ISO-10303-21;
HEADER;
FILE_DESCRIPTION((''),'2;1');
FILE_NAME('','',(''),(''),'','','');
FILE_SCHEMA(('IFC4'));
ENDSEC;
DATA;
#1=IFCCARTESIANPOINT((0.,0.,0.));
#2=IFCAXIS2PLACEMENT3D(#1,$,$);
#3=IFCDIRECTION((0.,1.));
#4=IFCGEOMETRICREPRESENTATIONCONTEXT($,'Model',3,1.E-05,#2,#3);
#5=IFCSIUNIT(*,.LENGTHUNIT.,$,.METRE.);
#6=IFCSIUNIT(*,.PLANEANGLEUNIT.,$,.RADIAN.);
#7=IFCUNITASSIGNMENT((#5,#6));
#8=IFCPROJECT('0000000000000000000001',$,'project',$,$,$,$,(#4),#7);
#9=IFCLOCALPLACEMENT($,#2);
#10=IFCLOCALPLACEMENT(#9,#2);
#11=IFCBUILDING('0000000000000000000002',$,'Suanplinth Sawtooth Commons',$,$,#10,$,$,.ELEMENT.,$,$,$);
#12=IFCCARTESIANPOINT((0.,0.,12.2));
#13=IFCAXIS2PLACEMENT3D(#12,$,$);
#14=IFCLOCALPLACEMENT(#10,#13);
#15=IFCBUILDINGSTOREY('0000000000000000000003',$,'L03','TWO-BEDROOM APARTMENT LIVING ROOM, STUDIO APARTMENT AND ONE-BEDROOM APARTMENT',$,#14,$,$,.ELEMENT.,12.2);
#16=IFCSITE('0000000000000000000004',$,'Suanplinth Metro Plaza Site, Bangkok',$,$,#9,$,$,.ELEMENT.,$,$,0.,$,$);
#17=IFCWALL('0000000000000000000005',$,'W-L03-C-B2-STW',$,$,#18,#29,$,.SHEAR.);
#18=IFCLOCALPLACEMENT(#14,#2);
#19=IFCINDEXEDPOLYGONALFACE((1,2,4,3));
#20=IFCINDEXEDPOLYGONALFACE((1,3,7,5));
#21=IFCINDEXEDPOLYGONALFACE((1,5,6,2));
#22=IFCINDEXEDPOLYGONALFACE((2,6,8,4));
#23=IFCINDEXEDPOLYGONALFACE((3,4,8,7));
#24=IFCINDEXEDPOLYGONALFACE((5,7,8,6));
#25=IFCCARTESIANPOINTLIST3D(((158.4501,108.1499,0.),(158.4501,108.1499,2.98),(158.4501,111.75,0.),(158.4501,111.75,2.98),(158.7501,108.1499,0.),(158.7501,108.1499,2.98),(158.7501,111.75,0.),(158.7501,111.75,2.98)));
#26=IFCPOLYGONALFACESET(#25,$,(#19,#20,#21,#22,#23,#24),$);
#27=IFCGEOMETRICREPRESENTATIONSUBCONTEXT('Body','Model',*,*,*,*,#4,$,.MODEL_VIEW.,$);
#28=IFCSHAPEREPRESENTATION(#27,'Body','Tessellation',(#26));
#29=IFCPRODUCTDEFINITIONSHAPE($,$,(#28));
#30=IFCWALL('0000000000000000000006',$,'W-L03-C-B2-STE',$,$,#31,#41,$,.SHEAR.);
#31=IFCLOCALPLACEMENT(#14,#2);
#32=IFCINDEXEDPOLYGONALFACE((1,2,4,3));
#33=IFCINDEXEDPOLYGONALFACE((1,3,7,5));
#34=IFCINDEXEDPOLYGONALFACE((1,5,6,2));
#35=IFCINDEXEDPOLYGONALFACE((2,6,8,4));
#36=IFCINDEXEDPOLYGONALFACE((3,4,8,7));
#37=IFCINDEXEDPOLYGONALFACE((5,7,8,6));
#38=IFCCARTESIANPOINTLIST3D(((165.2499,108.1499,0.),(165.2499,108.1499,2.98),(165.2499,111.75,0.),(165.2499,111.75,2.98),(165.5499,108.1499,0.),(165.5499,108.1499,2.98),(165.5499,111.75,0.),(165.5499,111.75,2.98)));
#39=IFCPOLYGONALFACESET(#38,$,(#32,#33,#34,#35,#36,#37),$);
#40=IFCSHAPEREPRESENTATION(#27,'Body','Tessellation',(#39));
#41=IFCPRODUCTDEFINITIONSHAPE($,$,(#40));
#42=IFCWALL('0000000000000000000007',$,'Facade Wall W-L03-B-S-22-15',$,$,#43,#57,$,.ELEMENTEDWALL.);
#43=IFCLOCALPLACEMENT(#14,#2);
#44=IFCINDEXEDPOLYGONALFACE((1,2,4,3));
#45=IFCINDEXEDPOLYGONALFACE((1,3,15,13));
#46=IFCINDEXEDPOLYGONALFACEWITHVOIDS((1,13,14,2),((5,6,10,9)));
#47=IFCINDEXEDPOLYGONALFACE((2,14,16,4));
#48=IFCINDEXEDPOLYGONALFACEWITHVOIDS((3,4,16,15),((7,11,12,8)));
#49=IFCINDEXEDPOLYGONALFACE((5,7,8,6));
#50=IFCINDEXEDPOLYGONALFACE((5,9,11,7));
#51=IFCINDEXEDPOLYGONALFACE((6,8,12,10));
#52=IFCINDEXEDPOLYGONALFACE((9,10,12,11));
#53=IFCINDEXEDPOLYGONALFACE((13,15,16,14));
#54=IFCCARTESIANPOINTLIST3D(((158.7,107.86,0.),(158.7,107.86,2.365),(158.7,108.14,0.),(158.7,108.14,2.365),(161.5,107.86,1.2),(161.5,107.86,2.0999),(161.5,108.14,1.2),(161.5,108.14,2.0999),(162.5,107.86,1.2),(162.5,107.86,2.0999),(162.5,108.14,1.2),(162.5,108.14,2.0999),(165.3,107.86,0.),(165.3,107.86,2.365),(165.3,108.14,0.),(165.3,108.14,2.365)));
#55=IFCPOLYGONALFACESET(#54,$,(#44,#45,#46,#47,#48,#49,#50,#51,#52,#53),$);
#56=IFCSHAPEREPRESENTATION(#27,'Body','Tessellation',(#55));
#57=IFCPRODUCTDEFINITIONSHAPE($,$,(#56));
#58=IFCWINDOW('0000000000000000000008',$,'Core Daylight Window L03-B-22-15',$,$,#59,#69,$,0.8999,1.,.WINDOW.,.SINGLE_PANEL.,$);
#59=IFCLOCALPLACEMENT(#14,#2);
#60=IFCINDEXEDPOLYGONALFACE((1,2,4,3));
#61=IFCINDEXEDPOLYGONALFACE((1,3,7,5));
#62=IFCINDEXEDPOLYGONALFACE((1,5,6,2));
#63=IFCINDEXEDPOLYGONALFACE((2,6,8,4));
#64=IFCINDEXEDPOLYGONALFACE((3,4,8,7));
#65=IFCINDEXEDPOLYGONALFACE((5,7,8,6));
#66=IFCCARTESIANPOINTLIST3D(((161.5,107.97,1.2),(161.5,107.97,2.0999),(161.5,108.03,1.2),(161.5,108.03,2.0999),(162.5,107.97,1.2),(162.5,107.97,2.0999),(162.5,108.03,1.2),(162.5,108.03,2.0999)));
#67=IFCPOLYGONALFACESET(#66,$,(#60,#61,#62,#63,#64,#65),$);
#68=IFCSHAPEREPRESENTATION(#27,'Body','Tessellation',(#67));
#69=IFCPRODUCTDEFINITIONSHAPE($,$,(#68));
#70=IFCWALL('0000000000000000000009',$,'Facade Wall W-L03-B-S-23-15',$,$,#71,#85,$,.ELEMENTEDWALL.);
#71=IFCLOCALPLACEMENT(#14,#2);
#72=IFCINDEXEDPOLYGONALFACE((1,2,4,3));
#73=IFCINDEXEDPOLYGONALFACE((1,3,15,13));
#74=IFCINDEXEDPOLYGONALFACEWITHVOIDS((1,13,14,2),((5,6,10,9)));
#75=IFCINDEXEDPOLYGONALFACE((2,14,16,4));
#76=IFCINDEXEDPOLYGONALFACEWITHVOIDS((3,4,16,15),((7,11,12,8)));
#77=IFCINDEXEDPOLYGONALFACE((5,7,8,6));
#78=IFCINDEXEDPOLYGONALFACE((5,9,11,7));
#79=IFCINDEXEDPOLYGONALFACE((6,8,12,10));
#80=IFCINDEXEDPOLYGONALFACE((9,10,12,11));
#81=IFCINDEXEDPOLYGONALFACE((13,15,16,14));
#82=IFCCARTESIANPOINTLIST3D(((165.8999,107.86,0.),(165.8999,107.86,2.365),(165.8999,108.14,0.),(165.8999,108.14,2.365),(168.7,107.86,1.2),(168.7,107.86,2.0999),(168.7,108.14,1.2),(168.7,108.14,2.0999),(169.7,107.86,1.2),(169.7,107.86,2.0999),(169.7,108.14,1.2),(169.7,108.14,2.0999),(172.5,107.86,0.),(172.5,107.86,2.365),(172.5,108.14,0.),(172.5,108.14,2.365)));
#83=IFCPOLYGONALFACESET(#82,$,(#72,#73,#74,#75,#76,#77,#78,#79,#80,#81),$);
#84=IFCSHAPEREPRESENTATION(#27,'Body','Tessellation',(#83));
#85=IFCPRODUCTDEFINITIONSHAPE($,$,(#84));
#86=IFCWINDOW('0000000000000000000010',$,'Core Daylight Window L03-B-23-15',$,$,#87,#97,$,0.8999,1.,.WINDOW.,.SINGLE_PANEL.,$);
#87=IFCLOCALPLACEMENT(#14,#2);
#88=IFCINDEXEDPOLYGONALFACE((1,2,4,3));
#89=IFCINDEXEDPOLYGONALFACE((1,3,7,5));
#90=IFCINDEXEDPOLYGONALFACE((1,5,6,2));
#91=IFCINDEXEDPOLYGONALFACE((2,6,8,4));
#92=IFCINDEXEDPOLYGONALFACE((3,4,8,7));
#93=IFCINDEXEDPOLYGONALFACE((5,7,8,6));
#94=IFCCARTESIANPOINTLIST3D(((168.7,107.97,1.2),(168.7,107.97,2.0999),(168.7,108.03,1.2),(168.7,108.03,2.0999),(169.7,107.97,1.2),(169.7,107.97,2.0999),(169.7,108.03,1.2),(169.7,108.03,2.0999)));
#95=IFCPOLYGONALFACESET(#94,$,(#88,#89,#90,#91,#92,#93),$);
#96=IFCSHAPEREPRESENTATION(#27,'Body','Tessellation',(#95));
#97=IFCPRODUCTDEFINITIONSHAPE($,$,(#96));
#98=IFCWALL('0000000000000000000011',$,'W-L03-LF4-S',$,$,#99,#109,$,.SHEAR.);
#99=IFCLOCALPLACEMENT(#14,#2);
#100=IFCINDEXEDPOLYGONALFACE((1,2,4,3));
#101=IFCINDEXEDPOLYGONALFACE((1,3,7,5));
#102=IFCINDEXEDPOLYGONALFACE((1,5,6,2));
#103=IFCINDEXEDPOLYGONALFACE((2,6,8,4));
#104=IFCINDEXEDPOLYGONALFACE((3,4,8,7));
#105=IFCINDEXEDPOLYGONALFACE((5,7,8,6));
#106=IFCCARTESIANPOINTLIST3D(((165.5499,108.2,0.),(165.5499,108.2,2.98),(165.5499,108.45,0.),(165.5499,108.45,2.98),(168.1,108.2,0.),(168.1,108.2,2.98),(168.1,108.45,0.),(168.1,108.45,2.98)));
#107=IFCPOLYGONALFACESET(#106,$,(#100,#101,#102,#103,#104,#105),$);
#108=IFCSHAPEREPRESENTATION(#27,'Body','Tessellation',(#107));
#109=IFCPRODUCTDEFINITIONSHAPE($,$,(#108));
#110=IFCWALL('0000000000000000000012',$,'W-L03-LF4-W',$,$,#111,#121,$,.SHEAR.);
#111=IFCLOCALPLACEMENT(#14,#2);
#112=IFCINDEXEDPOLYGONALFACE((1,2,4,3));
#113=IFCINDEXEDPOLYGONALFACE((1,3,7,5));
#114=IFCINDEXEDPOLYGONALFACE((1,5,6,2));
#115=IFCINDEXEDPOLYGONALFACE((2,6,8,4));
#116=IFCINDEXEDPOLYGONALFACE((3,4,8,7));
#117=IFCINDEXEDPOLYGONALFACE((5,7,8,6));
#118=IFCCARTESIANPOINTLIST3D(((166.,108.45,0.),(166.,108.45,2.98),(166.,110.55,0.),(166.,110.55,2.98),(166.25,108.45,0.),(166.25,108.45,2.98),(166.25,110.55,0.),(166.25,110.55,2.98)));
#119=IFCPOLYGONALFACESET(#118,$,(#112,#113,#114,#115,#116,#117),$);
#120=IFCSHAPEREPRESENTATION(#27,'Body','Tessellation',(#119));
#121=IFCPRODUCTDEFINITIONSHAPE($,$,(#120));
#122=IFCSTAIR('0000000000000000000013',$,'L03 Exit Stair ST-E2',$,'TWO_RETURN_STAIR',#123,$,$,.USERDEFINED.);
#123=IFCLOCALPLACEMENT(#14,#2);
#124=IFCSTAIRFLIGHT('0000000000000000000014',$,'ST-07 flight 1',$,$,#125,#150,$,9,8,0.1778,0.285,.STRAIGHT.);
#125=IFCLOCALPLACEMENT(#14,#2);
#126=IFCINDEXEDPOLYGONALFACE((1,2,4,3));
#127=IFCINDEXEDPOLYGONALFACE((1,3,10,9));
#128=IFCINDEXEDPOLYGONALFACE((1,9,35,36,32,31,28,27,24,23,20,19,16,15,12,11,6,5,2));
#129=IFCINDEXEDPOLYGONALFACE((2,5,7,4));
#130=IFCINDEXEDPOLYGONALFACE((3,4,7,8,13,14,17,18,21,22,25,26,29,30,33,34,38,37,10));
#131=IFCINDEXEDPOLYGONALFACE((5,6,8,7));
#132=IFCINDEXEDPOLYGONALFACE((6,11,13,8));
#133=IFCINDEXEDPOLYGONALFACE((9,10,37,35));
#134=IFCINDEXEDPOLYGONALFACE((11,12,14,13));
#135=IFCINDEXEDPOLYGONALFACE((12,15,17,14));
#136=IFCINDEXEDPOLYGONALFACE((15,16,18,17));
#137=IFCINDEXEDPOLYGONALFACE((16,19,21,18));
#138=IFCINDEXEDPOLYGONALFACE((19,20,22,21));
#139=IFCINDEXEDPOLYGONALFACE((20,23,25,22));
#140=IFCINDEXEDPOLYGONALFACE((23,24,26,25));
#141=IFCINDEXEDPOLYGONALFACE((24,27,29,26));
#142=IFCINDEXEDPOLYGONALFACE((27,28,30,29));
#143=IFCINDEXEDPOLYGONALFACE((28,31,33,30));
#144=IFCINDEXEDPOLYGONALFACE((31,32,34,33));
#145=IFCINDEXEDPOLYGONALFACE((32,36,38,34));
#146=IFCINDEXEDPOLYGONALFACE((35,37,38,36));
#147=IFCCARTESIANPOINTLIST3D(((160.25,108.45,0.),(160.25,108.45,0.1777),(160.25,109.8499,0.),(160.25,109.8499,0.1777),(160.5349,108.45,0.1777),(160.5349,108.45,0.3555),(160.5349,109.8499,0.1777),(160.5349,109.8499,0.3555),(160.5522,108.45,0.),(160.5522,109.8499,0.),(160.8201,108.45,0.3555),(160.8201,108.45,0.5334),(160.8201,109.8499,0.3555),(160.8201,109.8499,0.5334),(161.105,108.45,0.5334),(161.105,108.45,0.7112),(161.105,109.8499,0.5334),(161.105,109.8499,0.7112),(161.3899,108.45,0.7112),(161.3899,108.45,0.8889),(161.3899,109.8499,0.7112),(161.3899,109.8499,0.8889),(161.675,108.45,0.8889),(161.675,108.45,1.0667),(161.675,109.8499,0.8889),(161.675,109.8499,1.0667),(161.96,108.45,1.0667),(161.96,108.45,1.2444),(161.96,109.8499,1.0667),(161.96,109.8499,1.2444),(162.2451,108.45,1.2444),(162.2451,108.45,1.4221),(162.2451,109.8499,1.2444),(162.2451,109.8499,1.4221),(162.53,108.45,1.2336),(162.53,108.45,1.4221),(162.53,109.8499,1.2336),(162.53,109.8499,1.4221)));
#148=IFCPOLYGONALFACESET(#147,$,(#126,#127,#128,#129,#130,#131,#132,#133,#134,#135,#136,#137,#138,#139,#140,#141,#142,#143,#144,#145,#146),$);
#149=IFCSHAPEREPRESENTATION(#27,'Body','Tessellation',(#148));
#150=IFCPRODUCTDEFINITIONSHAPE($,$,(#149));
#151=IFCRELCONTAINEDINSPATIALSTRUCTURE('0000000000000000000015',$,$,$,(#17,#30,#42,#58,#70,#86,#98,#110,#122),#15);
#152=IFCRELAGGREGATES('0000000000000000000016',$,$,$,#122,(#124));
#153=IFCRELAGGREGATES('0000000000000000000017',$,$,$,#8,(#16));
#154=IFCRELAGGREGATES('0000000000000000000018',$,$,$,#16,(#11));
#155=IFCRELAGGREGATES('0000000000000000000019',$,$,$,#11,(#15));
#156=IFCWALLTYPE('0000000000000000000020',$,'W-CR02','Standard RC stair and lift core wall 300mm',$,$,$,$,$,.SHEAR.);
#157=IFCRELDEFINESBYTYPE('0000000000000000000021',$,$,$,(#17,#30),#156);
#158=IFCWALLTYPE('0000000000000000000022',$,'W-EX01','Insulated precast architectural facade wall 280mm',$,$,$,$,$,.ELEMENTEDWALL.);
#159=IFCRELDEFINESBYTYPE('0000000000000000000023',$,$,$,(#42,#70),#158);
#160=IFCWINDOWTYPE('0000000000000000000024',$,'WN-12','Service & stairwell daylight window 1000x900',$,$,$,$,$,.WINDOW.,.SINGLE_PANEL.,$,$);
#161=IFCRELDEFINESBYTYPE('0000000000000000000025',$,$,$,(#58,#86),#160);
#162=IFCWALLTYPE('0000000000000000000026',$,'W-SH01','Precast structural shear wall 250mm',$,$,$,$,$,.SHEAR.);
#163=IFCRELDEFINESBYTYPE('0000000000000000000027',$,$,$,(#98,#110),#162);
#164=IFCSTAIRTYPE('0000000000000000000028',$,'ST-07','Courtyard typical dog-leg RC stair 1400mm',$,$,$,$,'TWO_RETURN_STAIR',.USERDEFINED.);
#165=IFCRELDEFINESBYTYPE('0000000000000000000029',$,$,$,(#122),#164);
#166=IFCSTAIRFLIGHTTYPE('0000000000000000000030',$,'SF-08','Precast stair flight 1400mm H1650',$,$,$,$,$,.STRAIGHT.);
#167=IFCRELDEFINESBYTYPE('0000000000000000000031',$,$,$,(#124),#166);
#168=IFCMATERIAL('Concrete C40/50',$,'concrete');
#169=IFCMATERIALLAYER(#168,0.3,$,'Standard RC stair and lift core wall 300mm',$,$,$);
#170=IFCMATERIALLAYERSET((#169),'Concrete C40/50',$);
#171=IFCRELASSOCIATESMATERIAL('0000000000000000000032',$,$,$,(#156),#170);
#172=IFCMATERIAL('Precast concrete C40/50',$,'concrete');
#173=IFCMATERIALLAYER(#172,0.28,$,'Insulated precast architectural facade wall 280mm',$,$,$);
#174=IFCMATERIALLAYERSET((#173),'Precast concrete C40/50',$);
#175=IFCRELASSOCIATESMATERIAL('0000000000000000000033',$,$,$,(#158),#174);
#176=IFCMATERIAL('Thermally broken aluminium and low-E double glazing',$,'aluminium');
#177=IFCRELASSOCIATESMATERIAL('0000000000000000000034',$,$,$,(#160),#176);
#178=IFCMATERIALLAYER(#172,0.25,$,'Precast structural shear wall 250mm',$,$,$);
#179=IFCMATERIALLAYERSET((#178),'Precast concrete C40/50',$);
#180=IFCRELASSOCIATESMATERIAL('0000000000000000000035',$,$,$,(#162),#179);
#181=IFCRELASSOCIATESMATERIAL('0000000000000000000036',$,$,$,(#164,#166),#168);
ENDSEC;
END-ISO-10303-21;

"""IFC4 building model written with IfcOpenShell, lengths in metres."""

from ifc_helpers import new_model, si_unit, direction, frame, frame_2d, origin, place, context, subcontext, project, spatial, polyline, rectangle, outline, extrude, material, layer, layer_set, type_object, element, fill, aggregate, save


model = new_model("IFC4")

# Units and contexts
model_context = context("Model", 3, precision=1e-05, world=origin(), true_north=direction((0.0, 1.0)))
body_context = subcontext(model_context, "Body", "Model", "MODEL_VIEW")
ifc_project = project(units=[si_unit("LENGTHUNIT", "METRE"), si_unit("PLANEANGLEUNIT", "RADIAN")], contexts=[model_context])

# Site, building, storey
site_placement = place(None, origin())
site = spatial("IfcSite", under=ifc_project, at=site_placement, Name="Suanplinth Metro Plaza Site, Bangkok", CompositionType="ELEMENT", RefElevation=0.0)
building_placement = place(site_placement, origin())
building = spatial("IfcBuilding", under=site, at=building_placement, Name="Suanplinth Sawtooth Commons", CompositionType="ELEMENT")
storey_placement = place(building_placement, frame((0.0, 0.0, 12.2)))
storey = spatial("IfcBuildingStorey", under=building, at=storey_placement, Name="L03", Description="TWO-BEDROOM APARTMENT LIVING ROOM, STUDIO APARTMENT AND ONE-BEDROOM APARTMENT", CompositionType="ELEMENT", Elevation=12.2)

# Shared definitions
ifc_material_1 = material(Name="Precast concrete C40/50", Category="concrete")

# Walls
ifc_material_2 = material(Name="Concrete C40/50", Category="concrete")
ifc_layer_1 = layer(ifc_material_2, 0.3, Name="Standard RC stair and lift core wall 300mm")
ifc_layer_set_1 = layer_set([ifc_layer_1], Name="Concrete C40/50")
wall_type_1 = type_object("IfcWallType", Name="W-CR02", Description="Standard RC stair and lift core wall 300mm", PredefinedType="SHEAR", material=ifc_layer_set_1)
for number, where, z_axis, x_axis, name in (
    (1, (158.6001, 108.1499, 0.0), (0.0, 0.0, 1.0), (0.0, 1.0, 0.0), "W-L03-C-B2-STW"),
    (2, (165.3999, 108.1499, 0.0), (0.0, 0.0, 1.0), (0.0, 1.0, 0.0), "W-L03-C-B2-STE"),
):
    element("IfcWall", number, at=place(storey_placement, frame(where, z_axis=z_axis, x_axis=x_axis)), inside=storey, type_object=wall_type_1, Name=name, PredefinedType="SHEAR", context=body_context, shape_type="SweptSolid", body=[
        extrude(rectangle(XDim=3.6001, YDim=0.3, at=frame_2d((1.8, 0.0))), origin(), (0.0, 0.0, 1.0), 2.98),
    ])

# Walls, openings, windows
ifc_layer_2 = layer(ifc_material_1, 0.28, Name="Insulated precast architectural facade wall 280mm")
ifc_layer_set_2 = layer_set([ifc_layer_2], Name="Precast concrete C40/50")
wall_type_2 = type_object("IfcWallType", Name="W-EX01", Description="Insulated precast architectural facade wall 280mm", PredefinedType="ELEMENTEDWALL", material=ifc_layer_set_2)
wall_1_placement = place(storey_placement, frame((158.7, 108.0, 0.0), z_axis=(0.0, 0.0, 1.0), x_axis=(1.0, 0.0, 0.0)))
wall_1 = element("IfcWall", 3, at=wall_1_placement, inside=storey, type_object=wall_type_2, Name="Facade Wall W-L03-B-S-22-15", PredefinedType="ELEMENTEDWALL", context=body_context, shape_type="SweptSolid", body=[
    extrude(rectangle(XDim=6.6001, YDim=0.28, at=frame_2d((3.3, 0.0))), origin(), (0.0, 0.0, 1.0), 2.365),
])
opening_1_placement = place(wall_1_placement, frame((2.8, 0.0, 1.2)))
opening_1 = element("IfcOpeningElement", 4, at=opening_1_placement, cuts=wall_1, PredefinedType="OPENING", context=body_context, shape_type="SweptSolid", body=[
    extrude(rectangle(XDim=1.0, YDim=0.8999, at=frame_2d((0.5, 0.45))), frame((0.0, 0.1548, 0.0), z_axis=(0.0, -1.0, 0.0), x_axis=(1.0, 0.0, 0.0)), (0.0, 0.0, 1.0), 0.3098),
])
ifc_material_3 = material(Name="Thermally broken aluminium and low-E double glazing", Category="aluminium")
window_type = type_object("IfcWindowType", Name="WN-12", Description="Service & stairwell daylight window 1000x900", PartitioningType="SINGLE_PANEL", PredefinedType="WINDOW", material=ifc_material_3)
window_1_placement = place(opening_1_placement, origin())
window_1 = element("IfcWindow", 5, at=window_1_placement, inside=storey, type_object=window_type, Name="Core Daylight Window L03-B-22-15", OverallHeight=0.8999, OverallWidth=1.0, PartitioningType="SINGLE_PANEL", PredefinedType="WINDOW", context=body_context, shape_type="SweptSolid", body=[
    extrude(rectangle(XDim=1.0, YDim=0.8999, at=frame_2d((0.5, 0.45))), frame((0.0, 0.03, 0.0), z_axis=(0.0, -1.0, 0.0), x_axis=(1.0, 0.0, 0.0)), (0.0, 0.0, 1.0), 0.0601),
])
fill(opening_1, window_1)
wall_2_placement = place(storey_placement, frame((165.8999, 108.0, 0.0), z_axis=(0.0, 0.0, 1.0), x_axis=(1.0, 0.0, 0.0)))
wall_2 = element("IfcWall", 6, at=wall_2_placement, inside=storey, type_object=wall_type_2, Name="Facade Wall W-L03-B-S-23-15", PredefinedType="ELEMENTEDWALL", context=body_context, shape_type="SweptSolid", body=[
    extrude(rectangle(XDim=6.6001, YDim=0.28, at=frame_2d((3.3, 0.0))), origin(), (0.0, 0.0, 1.0), 2.365),
])
opening_2_placement = place(wall_2_placement, frame((2.8, 0.0, 1.2)))
opening_2 = element("IfcOpeningElement", 7, at=opening_2_placement, cuts=wall_2, PredefinedType="OPENING", context=body_context, shape_type="SweptSolid", body=[
    extrude(rectangle(XDim=1.0, YDim=0.8999, at=frame_2d((0.5, 0.45))), frame((0.0, 0.1548, 0.0), z_axis=(0.0, -1.0, 0.0), x_axis=(1.0, 0.0, 0.0)), (0.0, 0.0, 1.0), 0.3098),
])
window_2_placement = place(opening_2_placement, origin())
window_2 = element("IfcWindow", 8, at=window_2_placement, inside=storey, type_object=window_type, Name="Core Daylight Window L03-B-23-15", OverallHeight=0.8999, OverallWidth=1.0, PartitioningType="SINGLE_PANEL", PredefinedType="WINDOW", context=body_context, shape_type="SweptSolid", body=[
    extrude(rectangle(XDim=1.0, YDim=0.8999, at=frame_2d((0.5, 0.45))), frame((0.0, 0.03, 0.0), z_axis=(0.0, -1.0, 0.0), x_axis=(1.0, 0.0, 0.0)), (0.0, 0.0, 1.0), 0.0601),
])
fill(opening_2, window_2)

# Wall
ifc_layer_3 = layer(ifc_material_1, 0.25, Name="Precast structural shear wall 250mm")
ifc_layer_set_3 = layer_set([ifc_layer_3], Name="Precast concrete C40/50")
wall_type_3 = type_object("IfcWallType", Name="W-SH01", Description="Precast structural shear wall 250mm", PredefinedType="SHEAR", material=ifc_layer_set_3)
wall_3_placement = place(storey_placement, frame((165.55, 108.325, 0.0), z_axis=(0.0, 0.0, 1.0), x_axis=(1.0, 0.0, 0.0)))
element("IfcWall", 9, at=wall_3_placement, inside=storey, type_object=wall_type_3, Name="W-L03-LF4-S", PredefinedType="SHEAR", context=body_context, shape_type="SweptSolid", body=[
    extrude(rectangle(XDim=2.55, YDim=0.25, at=frame_2d((1.2749, 0.0))), origin(), (0.0, 0.0, 1.0), 2.98),
])

# Wall
wall_4_placement = place(storey_placement, frame((166.125, 108.45, 0.0), z_axis=(0.0, 0.0, 1.0), x_axis=(0.0, 1.0, 0.0)))
element("IfcWall", 10, at=wall_4_placement, inside=storey, type_object=wall_type_3, Name="W-L03-LF4-W", PredefinedType="SHEAR", context=body_context, shape_type="SweptSolid", body=[
    extrude(rectangle(XDim=2.1001, YDim=0.25, at=frame_2d((1.05, 0.0))), origin(), (0.0, 0.0, 1.0), 2.98),
])

# Stair, stair flight
stair_type = type_object("IfcStairType", Name="ST-07", Description="Courtyard typical dog-leg RC stair 1400mm", ElementType="TWO_RETURN_STAIR", PredefinedType="USERDEFINED", material=ifc_material_2)
stair_placement = place(storey_placement, origin())
stair = element("IfcStair", 11, at=stair_placement, inside=storey, type_object=stair_type, Name="L03 Exit Stair ST-E2", ObjectType="TWO_RETURN_STAIR", PredefinedType="USERDEFINED")
stair_flight_type = type_object("IfcStairFlightType", Name="SF-08", Description="Precast stair flight 1400mm H1650", PredefinedType="STRAIGHT", material=ifc_material_2)
stair_flight_placement = place(storey_placement, frame((160.25, 109.1499, 0.0), z_axis=(0.0, 0.0, 1.0), x_axis=(1.0, 0.0, 0.0)))
stair_flight = element("IfcStairFlight", 12, at=stair_flight_placement, type_object=stair_flight_type, Name="ST-07 flight 1", NumberOfRisers=9, NumberOfTreads=8, PredefinedType="STRAIGHT", RiserHeight=0.1778, TreadLength=0.285, context=body_context, shape_type="SweptSolid", body=[
    extrude(outline(polyline([(0.0, 0.0), (0.0, 0.1777), (0.2849, 0.1777), (0.2849, 0.3555), (0.5701, 0.3555), (0.5701, 0.5334), (0.855, 0.5334), (0.855, 0.7112), (1.1399, 0.7112), (1.1399, 0.8889), (1.425, 0.8889), (1.425, 1.0667), (1.71, 1.0667), (1.71, 1.2444), (1.9951, 1.2444), (1.9951, 1.4221), (2.28, 1.4221), (2.28, 1.6001), (2.28, 1.2336), (0.3022, 0.0), (0.0, 0.0)])), frame((0.0, 0.7, 0.0), z_axis=(0.0, -1.0, 0.0), x_axis=(1.0, 0.0, 0.0)), (0.0, 0.0, 1.0), 1.3999),
])
aggregate(stair, [stair_flight])

save(model, "model.ifc")
